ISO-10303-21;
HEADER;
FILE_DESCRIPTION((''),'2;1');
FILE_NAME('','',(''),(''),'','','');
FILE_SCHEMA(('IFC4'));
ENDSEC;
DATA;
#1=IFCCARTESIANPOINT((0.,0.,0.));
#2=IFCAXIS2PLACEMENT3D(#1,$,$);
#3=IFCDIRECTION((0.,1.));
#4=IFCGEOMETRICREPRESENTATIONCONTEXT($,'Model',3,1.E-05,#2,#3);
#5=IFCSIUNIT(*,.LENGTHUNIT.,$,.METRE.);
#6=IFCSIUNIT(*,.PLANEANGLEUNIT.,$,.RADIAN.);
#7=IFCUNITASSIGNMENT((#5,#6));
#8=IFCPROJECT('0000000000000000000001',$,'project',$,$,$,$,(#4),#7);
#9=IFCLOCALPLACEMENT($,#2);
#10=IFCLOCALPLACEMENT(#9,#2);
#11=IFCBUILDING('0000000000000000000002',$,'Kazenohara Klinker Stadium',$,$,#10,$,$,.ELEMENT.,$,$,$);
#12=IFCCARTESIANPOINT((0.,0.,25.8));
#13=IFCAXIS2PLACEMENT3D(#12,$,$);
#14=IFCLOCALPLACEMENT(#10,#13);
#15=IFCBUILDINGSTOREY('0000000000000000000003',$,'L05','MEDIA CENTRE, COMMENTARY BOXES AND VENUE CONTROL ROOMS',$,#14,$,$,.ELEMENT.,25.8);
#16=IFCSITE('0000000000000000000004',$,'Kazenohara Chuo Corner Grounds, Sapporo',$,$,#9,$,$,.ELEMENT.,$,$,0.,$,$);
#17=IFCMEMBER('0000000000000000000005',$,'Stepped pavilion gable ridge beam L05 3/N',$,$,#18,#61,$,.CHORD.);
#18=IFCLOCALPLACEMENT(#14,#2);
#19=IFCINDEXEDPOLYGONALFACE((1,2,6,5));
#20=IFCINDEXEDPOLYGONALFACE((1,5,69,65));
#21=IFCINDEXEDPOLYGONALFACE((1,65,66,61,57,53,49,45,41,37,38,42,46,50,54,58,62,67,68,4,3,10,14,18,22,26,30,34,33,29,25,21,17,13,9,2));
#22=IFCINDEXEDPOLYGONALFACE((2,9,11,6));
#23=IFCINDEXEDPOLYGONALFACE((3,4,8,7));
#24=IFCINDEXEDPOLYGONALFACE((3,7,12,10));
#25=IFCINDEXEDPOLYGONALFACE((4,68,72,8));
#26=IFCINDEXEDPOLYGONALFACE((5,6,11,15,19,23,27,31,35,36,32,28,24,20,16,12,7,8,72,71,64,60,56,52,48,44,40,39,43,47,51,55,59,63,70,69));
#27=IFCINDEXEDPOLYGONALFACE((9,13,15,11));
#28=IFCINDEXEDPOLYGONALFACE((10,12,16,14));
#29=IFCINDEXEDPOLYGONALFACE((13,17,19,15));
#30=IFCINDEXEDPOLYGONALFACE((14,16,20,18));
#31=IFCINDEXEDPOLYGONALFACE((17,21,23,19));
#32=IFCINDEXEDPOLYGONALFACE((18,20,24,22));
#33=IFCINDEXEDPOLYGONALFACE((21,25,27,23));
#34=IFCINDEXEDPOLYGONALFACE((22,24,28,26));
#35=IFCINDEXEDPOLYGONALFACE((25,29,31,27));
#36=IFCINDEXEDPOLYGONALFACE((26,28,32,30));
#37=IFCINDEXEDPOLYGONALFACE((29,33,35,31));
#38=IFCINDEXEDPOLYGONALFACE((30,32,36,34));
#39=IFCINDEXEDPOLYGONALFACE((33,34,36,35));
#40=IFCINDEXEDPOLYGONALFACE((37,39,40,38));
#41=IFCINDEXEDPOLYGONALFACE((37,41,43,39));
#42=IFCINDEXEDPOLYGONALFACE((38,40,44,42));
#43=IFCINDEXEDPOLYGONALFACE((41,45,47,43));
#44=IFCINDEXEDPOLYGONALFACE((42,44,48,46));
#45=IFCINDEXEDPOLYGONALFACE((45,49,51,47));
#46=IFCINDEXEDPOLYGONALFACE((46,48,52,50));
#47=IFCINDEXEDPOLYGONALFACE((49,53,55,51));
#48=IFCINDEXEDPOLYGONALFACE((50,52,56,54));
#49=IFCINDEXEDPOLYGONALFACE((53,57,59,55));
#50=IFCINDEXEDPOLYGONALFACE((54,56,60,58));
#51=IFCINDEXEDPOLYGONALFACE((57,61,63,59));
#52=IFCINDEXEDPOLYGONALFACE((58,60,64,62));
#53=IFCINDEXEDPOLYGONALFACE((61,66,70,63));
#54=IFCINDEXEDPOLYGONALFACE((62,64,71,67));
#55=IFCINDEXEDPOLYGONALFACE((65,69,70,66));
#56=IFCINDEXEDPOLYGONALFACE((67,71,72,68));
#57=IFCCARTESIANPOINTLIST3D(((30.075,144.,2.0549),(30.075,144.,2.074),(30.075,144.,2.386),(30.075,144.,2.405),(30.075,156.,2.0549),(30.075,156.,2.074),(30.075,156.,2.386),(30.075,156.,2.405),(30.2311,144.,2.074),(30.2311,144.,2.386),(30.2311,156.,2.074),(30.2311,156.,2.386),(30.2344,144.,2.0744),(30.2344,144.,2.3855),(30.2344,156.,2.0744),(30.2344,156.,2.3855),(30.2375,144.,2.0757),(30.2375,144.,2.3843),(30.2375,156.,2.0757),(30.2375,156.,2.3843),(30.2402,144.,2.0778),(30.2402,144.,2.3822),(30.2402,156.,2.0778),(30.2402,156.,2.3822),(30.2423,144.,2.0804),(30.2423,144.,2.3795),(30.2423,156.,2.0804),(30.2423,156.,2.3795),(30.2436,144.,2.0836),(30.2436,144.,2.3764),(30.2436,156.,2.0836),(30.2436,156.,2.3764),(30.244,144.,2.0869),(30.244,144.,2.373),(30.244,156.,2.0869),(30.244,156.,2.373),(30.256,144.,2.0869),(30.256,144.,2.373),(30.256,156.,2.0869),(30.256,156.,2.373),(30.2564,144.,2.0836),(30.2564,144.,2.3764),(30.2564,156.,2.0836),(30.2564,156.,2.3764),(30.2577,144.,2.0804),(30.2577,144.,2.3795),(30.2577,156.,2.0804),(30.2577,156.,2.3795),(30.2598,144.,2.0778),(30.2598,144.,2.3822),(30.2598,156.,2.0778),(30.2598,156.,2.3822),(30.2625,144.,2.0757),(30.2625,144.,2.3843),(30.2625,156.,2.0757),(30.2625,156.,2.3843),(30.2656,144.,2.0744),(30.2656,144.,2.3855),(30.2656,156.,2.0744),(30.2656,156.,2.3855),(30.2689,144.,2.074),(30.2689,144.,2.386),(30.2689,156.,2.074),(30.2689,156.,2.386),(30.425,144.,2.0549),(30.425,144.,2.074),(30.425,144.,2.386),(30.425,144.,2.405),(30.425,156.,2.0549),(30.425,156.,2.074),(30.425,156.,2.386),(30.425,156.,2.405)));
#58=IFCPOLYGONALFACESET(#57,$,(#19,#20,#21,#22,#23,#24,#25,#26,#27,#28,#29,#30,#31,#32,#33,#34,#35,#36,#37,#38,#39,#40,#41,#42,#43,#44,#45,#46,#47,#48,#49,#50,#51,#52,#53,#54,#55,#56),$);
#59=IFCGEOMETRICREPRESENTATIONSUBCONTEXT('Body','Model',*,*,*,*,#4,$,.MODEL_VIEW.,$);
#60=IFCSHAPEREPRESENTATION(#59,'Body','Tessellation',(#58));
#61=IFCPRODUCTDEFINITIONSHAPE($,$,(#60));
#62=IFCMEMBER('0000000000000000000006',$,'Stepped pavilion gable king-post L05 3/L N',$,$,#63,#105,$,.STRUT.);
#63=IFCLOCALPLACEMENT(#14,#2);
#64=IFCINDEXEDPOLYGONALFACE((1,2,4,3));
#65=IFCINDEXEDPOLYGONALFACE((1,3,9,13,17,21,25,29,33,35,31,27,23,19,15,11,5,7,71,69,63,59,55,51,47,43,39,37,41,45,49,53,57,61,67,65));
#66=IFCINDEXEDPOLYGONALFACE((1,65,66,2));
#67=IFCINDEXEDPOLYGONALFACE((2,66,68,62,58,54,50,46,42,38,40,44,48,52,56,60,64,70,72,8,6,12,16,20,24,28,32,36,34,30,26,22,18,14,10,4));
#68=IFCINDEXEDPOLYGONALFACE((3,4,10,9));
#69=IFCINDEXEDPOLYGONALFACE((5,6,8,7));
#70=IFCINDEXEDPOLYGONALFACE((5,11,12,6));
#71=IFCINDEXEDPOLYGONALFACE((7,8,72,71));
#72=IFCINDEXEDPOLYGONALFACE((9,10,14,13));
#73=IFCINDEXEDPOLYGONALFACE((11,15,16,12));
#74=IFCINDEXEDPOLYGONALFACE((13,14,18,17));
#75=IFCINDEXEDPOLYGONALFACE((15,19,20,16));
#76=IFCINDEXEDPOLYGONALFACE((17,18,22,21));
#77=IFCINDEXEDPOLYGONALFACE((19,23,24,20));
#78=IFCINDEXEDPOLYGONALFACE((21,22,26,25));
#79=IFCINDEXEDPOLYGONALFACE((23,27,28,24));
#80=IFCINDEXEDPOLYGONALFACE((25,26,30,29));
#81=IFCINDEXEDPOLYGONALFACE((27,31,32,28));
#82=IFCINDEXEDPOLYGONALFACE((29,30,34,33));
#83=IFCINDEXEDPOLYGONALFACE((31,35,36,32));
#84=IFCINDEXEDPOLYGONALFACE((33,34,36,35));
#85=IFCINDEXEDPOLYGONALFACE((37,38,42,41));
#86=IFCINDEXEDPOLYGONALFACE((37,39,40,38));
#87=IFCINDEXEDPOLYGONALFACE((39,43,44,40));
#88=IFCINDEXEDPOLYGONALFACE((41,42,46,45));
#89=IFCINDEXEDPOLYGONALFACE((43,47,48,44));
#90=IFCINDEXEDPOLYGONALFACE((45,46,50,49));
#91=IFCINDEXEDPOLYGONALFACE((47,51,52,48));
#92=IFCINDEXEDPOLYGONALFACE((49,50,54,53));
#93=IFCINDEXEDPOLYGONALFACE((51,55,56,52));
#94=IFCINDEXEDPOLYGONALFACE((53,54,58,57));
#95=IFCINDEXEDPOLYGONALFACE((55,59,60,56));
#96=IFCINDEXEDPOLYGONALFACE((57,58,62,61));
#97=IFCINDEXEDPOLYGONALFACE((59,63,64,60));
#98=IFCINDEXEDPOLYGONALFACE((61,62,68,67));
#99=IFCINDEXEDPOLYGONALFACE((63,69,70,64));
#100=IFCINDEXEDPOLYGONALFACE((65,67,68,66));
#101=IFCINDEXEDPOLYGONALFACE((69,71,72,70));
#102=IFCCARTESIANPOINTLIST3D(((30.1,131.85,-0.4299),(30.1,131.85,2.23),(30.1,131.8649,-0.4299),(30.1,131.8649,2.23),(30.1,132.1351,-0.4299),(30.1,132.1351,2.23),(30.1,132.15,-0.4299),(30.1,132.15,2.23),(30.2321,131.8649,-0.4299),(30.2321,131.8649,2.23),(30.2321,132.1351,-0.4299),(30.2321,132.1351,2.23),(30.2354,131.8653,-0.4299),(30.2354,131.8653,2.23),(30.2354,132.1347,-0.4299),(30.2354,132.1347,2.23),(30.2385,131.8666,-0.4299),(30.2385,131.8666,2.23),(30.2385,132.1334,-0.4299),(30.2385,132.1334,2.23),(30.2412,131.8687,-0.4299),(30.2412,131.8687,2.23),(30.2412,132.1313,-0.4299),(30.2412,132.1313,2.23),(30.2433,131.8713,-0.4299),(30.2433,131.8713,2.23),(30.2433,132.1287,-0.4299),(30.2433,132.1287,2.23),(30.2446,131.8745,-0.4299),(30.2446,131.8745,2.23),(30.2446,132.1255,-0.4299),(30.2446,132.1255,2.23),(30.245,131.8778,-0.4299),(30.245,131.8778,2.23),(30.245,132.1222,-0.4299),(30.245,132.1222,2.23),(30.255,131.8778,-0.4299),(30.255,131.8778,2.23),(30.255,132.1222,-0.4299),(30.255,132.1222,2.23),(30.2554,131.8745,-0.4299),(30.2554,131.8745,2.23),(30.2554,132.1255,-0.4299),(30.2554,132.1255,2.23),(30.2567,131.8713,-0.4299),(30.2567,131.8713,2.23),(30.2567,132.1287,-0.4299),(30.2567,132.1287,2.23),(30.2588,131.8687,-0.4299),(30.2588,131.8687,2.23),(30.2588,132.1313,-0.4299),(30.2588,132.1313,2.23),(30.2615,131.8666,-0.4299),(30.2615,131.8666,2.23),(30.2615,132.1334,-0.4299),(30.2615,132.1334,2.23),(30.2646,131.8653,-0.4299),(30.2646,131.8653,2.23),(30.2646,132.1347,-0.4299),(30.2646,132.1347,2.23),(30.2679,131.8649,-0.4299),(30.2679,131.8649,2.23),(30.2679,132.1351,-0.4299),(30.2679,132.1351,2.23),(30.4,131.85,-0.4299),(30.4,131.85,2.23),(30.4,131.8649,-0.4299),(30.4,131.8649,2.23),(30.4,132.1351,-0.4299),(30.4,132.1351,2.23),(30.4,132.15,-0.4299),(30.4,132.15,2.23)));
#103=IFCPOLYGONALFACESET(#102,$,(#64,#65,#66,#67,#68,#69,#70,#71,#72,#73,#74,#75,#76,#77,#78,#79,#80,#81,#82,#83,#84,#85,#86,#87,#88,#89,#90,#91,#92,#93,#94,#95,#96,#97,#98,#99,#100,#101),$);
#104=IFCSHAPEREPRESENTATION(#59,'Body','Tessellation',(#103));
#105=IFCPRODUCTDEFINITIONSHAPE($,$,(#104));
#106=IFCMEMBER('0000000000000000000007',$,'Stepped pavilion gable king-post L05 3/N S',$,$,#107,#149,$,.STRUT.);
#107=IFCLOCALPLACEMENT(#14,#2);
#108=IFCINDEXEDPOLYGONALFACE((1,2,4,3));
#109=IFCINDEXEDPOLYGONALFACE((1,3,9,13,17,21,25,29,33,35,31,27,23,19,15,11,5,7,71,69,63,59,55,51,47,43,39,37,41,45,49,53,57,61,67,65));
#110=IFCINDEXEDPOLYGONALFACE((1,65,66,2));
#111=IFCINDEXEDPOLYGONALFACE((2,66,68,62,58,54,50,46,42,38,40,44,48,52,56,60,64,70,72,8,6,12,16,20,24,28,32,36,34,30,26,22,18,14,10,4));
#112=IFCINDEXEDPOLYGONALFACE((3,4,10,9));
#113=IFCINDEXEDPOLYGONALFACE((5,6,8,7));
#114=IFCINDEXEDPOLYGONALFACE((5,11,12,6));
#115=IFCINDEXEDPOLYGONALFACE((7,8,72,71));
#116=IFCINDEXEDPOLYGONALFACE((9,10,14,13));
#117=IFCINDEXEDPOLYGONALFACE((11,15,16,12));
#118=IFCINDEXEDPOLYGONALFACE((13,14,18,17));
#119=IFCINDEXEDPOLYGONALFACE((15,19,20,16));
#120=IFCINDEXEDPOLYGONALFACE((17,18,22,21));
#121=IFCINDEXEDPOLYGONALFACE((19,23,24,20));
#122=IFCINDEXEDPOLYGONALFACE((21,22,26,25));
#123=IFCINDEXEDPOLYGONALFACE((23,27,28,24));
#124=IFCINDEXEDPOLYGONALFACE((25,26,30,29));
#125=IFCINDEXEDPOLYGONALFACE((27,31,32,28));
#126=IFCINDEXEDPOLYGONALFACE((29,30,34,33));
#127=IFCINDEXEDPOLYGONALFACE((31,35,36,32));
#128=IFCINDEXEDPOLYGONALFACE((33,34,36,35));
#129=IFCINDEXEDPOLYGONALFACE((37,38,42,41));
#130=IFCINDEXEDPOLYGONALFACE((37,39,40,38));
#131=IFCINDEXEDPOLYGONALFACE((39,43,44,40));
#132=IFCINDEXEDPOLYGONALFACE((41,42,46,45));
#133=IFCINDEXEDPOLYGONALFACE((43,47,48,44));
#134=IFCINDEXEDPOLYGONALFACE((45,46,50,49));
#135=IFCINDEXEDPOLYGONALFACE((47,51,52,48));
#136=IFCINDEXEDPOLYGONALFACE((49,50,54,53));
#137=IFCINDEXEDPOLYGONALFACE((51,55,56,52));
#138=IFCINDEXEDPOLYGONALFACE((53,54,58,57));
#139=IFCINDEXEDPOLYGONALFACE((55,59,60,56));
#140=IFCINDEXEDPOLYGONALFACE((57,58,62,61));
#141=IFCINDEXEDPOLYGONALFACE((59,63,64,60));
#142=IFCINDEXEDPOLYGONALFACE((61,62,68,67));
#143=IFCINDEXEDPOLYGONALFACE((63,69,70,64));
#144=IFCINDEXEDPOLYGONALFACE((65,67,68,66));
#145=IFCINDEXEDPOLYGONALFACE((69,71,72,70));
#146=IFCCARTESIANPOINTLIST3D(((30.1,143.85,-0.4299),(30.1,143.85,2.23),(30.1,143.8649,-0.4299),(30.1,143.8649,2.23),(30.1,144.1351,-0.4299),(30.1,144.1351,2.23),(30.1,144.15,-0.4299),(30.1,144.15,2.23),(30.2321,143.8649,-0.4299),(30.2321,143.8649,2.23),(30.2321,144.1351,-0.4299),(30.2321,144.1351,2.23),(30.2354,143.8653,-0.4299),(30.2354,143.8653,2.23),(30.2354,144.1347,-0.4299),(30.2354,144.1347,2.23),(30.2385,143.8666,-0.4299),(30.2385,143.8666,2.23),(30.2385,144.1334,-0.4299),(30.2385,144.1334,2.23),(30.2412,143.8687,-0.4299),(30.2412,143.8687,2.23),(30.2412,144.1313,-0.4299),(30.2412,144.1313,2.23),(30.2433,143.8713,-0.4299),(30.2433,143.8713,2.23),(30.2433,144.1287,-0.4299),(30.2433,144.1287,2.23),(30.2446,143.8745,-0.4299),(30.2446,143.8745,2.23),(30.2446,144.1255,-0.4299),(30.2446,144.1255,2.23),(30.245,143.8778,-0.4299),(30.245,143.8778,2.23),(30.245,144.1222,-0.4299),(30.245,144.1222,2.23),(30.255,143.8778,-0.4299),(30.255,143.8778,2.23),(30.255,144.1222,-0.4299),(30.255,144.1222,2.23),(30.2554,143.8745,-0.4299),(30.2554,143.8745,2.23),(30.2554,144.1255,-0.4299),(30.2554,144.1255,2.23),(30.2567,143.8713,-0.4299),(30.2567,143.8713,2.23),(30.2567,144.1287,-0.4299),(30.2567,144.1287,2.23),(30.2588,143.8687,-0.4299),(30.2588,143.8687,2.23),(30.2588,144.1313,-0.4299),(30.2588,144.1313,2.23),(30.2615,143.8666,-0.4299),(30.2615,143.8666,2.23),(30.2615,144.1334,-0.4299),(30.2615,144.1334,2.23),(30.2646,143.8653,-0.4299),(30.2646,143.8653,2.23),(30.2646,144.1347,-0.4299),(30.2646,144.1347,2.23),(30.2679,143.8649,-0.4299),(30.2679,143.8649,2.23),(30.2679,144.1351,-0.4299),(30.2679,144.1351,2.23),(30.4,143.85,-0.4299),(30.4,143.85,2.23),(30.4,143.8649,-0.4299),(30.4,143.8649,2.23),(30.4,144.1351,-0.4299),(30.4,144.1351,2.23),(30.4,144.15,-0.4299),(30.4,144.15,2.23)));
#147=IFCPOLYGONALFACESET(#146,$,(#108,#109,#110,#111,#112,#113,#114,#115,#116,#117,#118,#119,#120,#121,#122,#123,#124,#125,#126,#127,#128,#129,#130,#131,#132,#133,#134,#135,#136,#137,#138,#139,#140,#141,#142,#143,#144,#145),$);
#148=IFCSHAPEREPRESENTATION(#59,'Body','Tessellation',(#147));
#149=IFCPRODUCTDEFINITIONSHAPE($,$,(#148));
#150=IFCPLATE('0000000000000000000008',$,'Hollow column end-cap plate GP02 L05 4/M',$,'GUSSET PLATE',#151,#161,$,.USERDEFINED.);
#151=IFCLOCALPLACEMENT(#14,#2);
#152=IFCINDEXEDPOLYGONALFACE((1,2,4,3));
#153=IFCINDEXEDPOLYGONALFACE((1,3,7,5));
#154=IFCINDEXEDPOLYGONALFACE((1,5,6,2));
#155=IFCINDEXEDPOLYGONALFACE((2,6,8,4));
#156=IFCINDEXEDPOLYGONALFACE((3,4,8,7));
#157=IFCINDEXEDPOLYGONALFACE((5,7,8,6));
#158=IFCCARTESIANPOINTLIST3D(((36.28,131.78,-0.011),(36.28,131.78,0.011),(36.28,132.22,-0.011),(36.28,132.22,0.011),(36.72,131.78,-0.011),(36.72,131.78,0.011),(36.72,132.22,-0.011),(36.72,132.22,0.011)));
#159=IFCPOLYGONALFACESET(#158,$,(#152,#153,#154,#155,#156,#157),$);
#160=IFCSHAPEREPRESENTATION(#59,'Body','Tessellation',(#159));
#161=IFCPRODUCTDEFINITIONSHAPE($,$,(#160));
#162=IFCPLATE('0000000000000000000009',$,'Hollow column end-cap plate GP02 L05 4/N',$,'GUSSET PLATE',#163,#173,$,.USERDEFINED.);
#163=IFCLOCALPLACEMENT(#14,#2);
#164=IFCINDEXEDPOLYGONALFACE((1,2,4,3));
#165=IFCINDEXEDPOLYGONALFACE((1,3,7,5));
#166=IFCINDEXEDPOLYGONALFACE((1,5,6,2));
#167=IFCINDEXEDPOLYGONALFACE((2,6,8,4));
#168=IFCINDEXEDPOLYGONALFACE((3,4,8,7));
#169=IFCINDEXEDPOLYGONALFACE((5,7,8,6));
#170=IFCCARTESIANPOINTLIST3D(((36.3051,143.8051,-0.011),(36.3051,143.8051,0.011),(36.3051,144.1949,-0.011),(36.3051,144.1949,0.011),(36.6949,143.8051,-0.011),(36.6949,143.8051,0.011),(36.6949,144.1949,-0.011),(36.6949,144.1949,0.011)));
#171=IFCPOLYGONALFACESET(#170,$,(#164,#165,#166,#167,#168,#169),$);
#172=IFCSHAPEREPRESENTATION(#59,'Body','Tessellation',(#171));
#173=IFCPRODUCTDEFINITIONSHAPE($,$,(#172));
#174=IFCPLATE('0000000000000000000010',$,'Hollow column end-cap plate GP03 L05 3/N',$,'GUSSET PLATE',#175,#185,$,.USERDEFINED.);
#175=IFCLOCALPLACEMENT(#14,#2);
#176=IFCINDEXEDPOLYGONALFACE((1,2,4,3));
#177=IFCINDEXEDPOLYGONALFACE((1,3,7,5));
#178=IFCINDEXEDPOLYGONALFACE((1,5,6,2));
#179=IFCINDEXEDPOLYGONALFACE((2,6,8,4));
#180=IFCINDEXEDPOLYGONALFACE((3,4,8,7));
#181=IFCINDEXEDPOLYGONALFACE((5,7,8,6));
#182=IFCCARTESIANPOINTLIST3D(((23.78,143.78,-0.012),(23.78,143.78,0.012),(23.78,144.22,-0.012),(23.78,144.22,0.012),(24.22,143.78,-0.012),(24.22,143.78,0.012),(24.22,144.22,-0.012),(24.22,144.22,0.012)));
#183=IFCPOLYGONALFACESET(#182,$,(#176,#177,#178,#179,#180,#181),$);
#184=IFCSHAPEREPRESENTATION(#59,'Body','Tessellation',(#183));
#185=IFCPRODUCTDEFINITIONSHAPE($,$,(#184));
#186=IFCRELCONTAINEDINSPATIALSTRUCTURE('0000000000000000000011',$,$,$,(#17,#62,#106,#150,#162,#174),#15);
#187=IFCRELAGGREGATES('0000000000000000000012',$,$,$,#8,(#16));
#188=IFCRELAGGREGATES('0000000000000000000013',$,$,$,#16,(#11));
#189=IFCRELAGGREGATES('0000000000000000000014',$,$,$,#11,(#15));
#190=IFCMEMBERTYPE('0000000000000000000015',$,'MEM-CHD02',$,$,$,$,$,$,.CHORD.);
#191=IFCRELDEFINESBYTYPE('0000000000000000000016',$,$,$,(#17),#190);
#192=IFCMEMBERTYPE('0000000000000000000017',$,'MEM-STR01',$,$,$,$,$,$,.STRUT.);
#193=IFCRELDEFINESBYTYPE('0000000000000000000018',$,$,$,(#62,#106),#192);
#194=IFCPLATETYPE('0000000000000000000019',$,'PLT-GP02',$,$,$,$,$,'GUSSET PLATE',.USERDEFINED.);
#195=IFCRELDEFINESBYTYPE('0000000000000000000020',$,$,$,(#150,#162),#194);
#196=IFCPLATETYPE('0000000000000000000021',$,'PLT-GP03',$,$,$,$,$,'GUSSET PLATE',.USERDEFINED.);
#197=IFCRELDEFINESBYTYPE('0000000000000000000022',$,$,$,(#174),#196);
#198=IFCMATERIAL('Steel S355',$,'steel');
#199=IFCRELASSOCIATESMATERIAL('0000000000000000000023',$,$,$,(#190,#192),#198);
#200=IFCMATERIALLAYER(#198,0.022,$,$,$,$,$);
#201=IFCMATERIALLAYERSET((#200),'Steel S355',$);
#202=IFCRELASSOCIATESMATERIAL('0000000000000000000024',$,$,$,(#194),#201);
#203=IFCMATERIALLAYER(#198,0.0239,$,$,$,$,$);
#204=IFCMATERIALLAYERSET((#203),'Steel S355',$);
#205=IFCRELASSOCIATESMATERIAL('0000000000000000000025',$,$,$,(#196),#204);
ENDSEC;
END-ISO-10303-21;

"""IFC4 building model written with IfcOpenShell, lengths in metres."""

from ifc_helpers import new_model, si_unit, direction, frame, origin, origin_2d, place, context, subcontext, project, spatial, rectangle, i_section, extrude, material, layer, layer_set, material_profile, profile_set, type_object, element, save


model = new_model("IFC4")

# Units and contexts
model_context = context("Model", 3, precision=1e-05, world=origin(), true_north=direction((0.0, 1.0)))
body_context = subcontext(model_context, "Body", "Model", "MODEL_VIEW")
ifc_project = project(units=[si_unit("LENGTHUNIT", "METRE"), si_unit("PLANEANGLEUNIT", "RADIAN")], contexts=[model_context])

# Site, building, storey
site_placement = place(None, origin())
site = spatial("IfcSite", under=ifc_project, at=site_placement, Name="Kazenohara Chuo Corner Grounds, Sapporo", CompositionType="ELEMENT", RefElevation=0.0)
building_placement = place(site_placement, origin())
building = spatial("IfcBuilding", under=site, at=building_placement, Name="Kazenohara Klinker Stadium", CompositionType="ELEMENT")
storey_placement = place(building_placement, frame((0.0, 0.0, 25.8)))
storey = spatial("IfcBuildingStorey", under=building, at=storey_placement, Name="L05", Description="MEDIA CENTRE, COMMENTARY BOXES AND VENUE CONTROL ROOMS", CompositionType="ELEMENT", Elevation=25.8)

# Shared definitions
ifc_material_1 = material(Name="Steel S355", Category="steel")

# Members
ifc_material_profile_1 = material_profile(ifc_material_1, i_section(OverallWidth=0.3501, OverallDepth=0.3501, WebThickness=0.012, FlangeThickness=0.019, FilletRadius=0.0129, at=origin_2d()), Name="H-350x350x12x19")
ifc_profile_set_1 = profile_set([ifc_material_profile_1], Name="Steel S355")
member_type_1 = type_object("IfcMemberType", Name="MEM-CHD02", PredefinedType="CHORD", material=ifc_profile_set_1)
for number, where, z_axis, x_axis, name in (
    (1, (30.25, 144.0, 2.23), (0.0, 1.0, 0.0), (-1.0, 0.0, 0.0), "Stepped pavilion gable ridge beam L05 3/N"),
):
    element("IfcMember", number, at=place(storey_placement, frame(where, z_axis=z_axis, x_axis=x_axis)), inside=storey, type_object=member_type_1, Name=name, PredefinedType="CHORD", context=body_context, shape_type="SweptSolid", body=[
        extrude(i_section(OverallWidth=0.3501, OverallDepth=0.3501, WebThickness=0.012, FlangeThickness=0.019, FilletRadius=0.0129, at=origin_2d()), origin(), (0.0, 0.0, 1.0), 12.0),
    ])
ifc_material_profile_2 = material_profile(ifc_material_1, i_section(OverallWidth=0.3, OverallDepth=0.3, WebThickness=0.01, FlangeThickness=0.0149, FilletRadius=0.0129, at=origin_2d()), Name="H-300x300x10x15")
ifc_profile_set_2 = profile_set([ifc_material_profile_2], Name="Steel S355")
member_type_2 = type_object("IfcMemberType", Name="MEM-STR01", PredefinedType="STRUT", material=ifc_profile_set_2)
for number, where, z_axis, x_axis, name in (
    (2, (30.25, 132.0, -0.4299), (0.0, 0.0, 1.0), (1.0, 0.0, 0.0), "Stepped pavilion gable king-post L05 3/L N"),
    (3, (30.25, 144.0, -0.4299), (0.0, 0.0, 1.0), (1.0, 0.0, 0.0), "Stepped pavilion gable king-post L05 3/N S"),
):
    element("IfcMember", number, at=place(storey_placement, frame(where, z_axis=z_axis, x_axis=x_axis)), inside=storey, type_object=member_type_2, Name=name, PredefinedType="STRUT", context=body_context, shape_type="SweptSolid", body=[
        extrude(i_section(OverallWidth=0.3, OverallDepth=0.3, WebThickness=0.01, FlangeThickness=0.0149, FilletRadius=0.0129, at=origin_2d()), origin(), (0.0, 0.0, 1.0), 2.6599),
    ])

# Plates
ifc_layer_1 = layer(ifc_material_1, 0.022)
ifc_layer_set_1 = layer_set([ifc_layer_1], Name="Steel S355")
plate_type_1 = type_object("IfcPlateType", Name="PLT-GP02", ElementType="GUSSET PLATE", PredefinedType="USERDEFINED", material=ifc_layer_set_1)
plate_1_placement = place(storey_placement, frame((36.5, 132.0, -0.011), z_axis=(0.0, 0.0, 1.0), x_axis=(1.0, 0.0, 0.0)))
element("IfcPlate", 4, at=plate_1_placement, inside=storey, type_object=plate_type_1, Name="Hollow column end-cap plate GP02 L05 4/M", ObjectType="GUSSET PLATE", PredefinedType="USERDEFINED", context=body_context, shape_type="SweptSolid", body=[
    extrude(rectangle(XDim=0.4399, YDim=0.4399, at=origin_2d()), origin(), (0.0, 0.0, 1.0), 0.022),
])
plate_2_placement = place(storey_placement, frame((36.5, 144.0, -0.011), z_axis=(0.0, 0.0, 1.0), x_axis=(1.0, 0.0, 0.0)))
element("IfcPlate", 5, at=plate_2_placement, inside=storey, type_object=plate_type_1, Name="Hollow column end-cap plate GP02 L05 4/N", ObjectType="GUSSET PLATE", PredefinedType="USERDEFINED", context=body_context, shape_type="SweptSolid", body=[
    extrude(rectangle(XDim=0.3899, YDim=0.3899, at=origin_2d()), origin(), (0.0, 0.0, 1.0), 0.022),
])
ifc_layer_2 = layer(ifc_material_1, 0.0239)
ifc_layer_set_2 = layer_set([ifc_layer_2], Name="Steel S355")
plate_type_2 = type_object("IfcPlateType", Name="PLT-GP03", ElementType="GUSSET PLATE", PredefinedType="USERDEFINED", material=ifc_layer_set_2)
plate_3_placement = place(storey_placement, frame((24.0, 144.0, -0.012), z_axis=(0.0, 0.0, 1.0), x_axis=(1.0, 0.0, 0.0)))
element("IfcPlate", 6, at=plate_3_placement, inside=storey, type_object=plate_type_2, Name="Hollow column end-cap plate GP03 L05 3/N", ObjectType="GUSSET PLATE", PredefinedType="USERDEFINED", context=body_context, shape_type="SweptSolid", body=[
    extrude(rectangle(XDim=0.4399, YDim=0.4399, at=origin_2d()), origin(), (0.0, 0.0, 1.0), 0.0239),
])

save(model, "model.ifc")
